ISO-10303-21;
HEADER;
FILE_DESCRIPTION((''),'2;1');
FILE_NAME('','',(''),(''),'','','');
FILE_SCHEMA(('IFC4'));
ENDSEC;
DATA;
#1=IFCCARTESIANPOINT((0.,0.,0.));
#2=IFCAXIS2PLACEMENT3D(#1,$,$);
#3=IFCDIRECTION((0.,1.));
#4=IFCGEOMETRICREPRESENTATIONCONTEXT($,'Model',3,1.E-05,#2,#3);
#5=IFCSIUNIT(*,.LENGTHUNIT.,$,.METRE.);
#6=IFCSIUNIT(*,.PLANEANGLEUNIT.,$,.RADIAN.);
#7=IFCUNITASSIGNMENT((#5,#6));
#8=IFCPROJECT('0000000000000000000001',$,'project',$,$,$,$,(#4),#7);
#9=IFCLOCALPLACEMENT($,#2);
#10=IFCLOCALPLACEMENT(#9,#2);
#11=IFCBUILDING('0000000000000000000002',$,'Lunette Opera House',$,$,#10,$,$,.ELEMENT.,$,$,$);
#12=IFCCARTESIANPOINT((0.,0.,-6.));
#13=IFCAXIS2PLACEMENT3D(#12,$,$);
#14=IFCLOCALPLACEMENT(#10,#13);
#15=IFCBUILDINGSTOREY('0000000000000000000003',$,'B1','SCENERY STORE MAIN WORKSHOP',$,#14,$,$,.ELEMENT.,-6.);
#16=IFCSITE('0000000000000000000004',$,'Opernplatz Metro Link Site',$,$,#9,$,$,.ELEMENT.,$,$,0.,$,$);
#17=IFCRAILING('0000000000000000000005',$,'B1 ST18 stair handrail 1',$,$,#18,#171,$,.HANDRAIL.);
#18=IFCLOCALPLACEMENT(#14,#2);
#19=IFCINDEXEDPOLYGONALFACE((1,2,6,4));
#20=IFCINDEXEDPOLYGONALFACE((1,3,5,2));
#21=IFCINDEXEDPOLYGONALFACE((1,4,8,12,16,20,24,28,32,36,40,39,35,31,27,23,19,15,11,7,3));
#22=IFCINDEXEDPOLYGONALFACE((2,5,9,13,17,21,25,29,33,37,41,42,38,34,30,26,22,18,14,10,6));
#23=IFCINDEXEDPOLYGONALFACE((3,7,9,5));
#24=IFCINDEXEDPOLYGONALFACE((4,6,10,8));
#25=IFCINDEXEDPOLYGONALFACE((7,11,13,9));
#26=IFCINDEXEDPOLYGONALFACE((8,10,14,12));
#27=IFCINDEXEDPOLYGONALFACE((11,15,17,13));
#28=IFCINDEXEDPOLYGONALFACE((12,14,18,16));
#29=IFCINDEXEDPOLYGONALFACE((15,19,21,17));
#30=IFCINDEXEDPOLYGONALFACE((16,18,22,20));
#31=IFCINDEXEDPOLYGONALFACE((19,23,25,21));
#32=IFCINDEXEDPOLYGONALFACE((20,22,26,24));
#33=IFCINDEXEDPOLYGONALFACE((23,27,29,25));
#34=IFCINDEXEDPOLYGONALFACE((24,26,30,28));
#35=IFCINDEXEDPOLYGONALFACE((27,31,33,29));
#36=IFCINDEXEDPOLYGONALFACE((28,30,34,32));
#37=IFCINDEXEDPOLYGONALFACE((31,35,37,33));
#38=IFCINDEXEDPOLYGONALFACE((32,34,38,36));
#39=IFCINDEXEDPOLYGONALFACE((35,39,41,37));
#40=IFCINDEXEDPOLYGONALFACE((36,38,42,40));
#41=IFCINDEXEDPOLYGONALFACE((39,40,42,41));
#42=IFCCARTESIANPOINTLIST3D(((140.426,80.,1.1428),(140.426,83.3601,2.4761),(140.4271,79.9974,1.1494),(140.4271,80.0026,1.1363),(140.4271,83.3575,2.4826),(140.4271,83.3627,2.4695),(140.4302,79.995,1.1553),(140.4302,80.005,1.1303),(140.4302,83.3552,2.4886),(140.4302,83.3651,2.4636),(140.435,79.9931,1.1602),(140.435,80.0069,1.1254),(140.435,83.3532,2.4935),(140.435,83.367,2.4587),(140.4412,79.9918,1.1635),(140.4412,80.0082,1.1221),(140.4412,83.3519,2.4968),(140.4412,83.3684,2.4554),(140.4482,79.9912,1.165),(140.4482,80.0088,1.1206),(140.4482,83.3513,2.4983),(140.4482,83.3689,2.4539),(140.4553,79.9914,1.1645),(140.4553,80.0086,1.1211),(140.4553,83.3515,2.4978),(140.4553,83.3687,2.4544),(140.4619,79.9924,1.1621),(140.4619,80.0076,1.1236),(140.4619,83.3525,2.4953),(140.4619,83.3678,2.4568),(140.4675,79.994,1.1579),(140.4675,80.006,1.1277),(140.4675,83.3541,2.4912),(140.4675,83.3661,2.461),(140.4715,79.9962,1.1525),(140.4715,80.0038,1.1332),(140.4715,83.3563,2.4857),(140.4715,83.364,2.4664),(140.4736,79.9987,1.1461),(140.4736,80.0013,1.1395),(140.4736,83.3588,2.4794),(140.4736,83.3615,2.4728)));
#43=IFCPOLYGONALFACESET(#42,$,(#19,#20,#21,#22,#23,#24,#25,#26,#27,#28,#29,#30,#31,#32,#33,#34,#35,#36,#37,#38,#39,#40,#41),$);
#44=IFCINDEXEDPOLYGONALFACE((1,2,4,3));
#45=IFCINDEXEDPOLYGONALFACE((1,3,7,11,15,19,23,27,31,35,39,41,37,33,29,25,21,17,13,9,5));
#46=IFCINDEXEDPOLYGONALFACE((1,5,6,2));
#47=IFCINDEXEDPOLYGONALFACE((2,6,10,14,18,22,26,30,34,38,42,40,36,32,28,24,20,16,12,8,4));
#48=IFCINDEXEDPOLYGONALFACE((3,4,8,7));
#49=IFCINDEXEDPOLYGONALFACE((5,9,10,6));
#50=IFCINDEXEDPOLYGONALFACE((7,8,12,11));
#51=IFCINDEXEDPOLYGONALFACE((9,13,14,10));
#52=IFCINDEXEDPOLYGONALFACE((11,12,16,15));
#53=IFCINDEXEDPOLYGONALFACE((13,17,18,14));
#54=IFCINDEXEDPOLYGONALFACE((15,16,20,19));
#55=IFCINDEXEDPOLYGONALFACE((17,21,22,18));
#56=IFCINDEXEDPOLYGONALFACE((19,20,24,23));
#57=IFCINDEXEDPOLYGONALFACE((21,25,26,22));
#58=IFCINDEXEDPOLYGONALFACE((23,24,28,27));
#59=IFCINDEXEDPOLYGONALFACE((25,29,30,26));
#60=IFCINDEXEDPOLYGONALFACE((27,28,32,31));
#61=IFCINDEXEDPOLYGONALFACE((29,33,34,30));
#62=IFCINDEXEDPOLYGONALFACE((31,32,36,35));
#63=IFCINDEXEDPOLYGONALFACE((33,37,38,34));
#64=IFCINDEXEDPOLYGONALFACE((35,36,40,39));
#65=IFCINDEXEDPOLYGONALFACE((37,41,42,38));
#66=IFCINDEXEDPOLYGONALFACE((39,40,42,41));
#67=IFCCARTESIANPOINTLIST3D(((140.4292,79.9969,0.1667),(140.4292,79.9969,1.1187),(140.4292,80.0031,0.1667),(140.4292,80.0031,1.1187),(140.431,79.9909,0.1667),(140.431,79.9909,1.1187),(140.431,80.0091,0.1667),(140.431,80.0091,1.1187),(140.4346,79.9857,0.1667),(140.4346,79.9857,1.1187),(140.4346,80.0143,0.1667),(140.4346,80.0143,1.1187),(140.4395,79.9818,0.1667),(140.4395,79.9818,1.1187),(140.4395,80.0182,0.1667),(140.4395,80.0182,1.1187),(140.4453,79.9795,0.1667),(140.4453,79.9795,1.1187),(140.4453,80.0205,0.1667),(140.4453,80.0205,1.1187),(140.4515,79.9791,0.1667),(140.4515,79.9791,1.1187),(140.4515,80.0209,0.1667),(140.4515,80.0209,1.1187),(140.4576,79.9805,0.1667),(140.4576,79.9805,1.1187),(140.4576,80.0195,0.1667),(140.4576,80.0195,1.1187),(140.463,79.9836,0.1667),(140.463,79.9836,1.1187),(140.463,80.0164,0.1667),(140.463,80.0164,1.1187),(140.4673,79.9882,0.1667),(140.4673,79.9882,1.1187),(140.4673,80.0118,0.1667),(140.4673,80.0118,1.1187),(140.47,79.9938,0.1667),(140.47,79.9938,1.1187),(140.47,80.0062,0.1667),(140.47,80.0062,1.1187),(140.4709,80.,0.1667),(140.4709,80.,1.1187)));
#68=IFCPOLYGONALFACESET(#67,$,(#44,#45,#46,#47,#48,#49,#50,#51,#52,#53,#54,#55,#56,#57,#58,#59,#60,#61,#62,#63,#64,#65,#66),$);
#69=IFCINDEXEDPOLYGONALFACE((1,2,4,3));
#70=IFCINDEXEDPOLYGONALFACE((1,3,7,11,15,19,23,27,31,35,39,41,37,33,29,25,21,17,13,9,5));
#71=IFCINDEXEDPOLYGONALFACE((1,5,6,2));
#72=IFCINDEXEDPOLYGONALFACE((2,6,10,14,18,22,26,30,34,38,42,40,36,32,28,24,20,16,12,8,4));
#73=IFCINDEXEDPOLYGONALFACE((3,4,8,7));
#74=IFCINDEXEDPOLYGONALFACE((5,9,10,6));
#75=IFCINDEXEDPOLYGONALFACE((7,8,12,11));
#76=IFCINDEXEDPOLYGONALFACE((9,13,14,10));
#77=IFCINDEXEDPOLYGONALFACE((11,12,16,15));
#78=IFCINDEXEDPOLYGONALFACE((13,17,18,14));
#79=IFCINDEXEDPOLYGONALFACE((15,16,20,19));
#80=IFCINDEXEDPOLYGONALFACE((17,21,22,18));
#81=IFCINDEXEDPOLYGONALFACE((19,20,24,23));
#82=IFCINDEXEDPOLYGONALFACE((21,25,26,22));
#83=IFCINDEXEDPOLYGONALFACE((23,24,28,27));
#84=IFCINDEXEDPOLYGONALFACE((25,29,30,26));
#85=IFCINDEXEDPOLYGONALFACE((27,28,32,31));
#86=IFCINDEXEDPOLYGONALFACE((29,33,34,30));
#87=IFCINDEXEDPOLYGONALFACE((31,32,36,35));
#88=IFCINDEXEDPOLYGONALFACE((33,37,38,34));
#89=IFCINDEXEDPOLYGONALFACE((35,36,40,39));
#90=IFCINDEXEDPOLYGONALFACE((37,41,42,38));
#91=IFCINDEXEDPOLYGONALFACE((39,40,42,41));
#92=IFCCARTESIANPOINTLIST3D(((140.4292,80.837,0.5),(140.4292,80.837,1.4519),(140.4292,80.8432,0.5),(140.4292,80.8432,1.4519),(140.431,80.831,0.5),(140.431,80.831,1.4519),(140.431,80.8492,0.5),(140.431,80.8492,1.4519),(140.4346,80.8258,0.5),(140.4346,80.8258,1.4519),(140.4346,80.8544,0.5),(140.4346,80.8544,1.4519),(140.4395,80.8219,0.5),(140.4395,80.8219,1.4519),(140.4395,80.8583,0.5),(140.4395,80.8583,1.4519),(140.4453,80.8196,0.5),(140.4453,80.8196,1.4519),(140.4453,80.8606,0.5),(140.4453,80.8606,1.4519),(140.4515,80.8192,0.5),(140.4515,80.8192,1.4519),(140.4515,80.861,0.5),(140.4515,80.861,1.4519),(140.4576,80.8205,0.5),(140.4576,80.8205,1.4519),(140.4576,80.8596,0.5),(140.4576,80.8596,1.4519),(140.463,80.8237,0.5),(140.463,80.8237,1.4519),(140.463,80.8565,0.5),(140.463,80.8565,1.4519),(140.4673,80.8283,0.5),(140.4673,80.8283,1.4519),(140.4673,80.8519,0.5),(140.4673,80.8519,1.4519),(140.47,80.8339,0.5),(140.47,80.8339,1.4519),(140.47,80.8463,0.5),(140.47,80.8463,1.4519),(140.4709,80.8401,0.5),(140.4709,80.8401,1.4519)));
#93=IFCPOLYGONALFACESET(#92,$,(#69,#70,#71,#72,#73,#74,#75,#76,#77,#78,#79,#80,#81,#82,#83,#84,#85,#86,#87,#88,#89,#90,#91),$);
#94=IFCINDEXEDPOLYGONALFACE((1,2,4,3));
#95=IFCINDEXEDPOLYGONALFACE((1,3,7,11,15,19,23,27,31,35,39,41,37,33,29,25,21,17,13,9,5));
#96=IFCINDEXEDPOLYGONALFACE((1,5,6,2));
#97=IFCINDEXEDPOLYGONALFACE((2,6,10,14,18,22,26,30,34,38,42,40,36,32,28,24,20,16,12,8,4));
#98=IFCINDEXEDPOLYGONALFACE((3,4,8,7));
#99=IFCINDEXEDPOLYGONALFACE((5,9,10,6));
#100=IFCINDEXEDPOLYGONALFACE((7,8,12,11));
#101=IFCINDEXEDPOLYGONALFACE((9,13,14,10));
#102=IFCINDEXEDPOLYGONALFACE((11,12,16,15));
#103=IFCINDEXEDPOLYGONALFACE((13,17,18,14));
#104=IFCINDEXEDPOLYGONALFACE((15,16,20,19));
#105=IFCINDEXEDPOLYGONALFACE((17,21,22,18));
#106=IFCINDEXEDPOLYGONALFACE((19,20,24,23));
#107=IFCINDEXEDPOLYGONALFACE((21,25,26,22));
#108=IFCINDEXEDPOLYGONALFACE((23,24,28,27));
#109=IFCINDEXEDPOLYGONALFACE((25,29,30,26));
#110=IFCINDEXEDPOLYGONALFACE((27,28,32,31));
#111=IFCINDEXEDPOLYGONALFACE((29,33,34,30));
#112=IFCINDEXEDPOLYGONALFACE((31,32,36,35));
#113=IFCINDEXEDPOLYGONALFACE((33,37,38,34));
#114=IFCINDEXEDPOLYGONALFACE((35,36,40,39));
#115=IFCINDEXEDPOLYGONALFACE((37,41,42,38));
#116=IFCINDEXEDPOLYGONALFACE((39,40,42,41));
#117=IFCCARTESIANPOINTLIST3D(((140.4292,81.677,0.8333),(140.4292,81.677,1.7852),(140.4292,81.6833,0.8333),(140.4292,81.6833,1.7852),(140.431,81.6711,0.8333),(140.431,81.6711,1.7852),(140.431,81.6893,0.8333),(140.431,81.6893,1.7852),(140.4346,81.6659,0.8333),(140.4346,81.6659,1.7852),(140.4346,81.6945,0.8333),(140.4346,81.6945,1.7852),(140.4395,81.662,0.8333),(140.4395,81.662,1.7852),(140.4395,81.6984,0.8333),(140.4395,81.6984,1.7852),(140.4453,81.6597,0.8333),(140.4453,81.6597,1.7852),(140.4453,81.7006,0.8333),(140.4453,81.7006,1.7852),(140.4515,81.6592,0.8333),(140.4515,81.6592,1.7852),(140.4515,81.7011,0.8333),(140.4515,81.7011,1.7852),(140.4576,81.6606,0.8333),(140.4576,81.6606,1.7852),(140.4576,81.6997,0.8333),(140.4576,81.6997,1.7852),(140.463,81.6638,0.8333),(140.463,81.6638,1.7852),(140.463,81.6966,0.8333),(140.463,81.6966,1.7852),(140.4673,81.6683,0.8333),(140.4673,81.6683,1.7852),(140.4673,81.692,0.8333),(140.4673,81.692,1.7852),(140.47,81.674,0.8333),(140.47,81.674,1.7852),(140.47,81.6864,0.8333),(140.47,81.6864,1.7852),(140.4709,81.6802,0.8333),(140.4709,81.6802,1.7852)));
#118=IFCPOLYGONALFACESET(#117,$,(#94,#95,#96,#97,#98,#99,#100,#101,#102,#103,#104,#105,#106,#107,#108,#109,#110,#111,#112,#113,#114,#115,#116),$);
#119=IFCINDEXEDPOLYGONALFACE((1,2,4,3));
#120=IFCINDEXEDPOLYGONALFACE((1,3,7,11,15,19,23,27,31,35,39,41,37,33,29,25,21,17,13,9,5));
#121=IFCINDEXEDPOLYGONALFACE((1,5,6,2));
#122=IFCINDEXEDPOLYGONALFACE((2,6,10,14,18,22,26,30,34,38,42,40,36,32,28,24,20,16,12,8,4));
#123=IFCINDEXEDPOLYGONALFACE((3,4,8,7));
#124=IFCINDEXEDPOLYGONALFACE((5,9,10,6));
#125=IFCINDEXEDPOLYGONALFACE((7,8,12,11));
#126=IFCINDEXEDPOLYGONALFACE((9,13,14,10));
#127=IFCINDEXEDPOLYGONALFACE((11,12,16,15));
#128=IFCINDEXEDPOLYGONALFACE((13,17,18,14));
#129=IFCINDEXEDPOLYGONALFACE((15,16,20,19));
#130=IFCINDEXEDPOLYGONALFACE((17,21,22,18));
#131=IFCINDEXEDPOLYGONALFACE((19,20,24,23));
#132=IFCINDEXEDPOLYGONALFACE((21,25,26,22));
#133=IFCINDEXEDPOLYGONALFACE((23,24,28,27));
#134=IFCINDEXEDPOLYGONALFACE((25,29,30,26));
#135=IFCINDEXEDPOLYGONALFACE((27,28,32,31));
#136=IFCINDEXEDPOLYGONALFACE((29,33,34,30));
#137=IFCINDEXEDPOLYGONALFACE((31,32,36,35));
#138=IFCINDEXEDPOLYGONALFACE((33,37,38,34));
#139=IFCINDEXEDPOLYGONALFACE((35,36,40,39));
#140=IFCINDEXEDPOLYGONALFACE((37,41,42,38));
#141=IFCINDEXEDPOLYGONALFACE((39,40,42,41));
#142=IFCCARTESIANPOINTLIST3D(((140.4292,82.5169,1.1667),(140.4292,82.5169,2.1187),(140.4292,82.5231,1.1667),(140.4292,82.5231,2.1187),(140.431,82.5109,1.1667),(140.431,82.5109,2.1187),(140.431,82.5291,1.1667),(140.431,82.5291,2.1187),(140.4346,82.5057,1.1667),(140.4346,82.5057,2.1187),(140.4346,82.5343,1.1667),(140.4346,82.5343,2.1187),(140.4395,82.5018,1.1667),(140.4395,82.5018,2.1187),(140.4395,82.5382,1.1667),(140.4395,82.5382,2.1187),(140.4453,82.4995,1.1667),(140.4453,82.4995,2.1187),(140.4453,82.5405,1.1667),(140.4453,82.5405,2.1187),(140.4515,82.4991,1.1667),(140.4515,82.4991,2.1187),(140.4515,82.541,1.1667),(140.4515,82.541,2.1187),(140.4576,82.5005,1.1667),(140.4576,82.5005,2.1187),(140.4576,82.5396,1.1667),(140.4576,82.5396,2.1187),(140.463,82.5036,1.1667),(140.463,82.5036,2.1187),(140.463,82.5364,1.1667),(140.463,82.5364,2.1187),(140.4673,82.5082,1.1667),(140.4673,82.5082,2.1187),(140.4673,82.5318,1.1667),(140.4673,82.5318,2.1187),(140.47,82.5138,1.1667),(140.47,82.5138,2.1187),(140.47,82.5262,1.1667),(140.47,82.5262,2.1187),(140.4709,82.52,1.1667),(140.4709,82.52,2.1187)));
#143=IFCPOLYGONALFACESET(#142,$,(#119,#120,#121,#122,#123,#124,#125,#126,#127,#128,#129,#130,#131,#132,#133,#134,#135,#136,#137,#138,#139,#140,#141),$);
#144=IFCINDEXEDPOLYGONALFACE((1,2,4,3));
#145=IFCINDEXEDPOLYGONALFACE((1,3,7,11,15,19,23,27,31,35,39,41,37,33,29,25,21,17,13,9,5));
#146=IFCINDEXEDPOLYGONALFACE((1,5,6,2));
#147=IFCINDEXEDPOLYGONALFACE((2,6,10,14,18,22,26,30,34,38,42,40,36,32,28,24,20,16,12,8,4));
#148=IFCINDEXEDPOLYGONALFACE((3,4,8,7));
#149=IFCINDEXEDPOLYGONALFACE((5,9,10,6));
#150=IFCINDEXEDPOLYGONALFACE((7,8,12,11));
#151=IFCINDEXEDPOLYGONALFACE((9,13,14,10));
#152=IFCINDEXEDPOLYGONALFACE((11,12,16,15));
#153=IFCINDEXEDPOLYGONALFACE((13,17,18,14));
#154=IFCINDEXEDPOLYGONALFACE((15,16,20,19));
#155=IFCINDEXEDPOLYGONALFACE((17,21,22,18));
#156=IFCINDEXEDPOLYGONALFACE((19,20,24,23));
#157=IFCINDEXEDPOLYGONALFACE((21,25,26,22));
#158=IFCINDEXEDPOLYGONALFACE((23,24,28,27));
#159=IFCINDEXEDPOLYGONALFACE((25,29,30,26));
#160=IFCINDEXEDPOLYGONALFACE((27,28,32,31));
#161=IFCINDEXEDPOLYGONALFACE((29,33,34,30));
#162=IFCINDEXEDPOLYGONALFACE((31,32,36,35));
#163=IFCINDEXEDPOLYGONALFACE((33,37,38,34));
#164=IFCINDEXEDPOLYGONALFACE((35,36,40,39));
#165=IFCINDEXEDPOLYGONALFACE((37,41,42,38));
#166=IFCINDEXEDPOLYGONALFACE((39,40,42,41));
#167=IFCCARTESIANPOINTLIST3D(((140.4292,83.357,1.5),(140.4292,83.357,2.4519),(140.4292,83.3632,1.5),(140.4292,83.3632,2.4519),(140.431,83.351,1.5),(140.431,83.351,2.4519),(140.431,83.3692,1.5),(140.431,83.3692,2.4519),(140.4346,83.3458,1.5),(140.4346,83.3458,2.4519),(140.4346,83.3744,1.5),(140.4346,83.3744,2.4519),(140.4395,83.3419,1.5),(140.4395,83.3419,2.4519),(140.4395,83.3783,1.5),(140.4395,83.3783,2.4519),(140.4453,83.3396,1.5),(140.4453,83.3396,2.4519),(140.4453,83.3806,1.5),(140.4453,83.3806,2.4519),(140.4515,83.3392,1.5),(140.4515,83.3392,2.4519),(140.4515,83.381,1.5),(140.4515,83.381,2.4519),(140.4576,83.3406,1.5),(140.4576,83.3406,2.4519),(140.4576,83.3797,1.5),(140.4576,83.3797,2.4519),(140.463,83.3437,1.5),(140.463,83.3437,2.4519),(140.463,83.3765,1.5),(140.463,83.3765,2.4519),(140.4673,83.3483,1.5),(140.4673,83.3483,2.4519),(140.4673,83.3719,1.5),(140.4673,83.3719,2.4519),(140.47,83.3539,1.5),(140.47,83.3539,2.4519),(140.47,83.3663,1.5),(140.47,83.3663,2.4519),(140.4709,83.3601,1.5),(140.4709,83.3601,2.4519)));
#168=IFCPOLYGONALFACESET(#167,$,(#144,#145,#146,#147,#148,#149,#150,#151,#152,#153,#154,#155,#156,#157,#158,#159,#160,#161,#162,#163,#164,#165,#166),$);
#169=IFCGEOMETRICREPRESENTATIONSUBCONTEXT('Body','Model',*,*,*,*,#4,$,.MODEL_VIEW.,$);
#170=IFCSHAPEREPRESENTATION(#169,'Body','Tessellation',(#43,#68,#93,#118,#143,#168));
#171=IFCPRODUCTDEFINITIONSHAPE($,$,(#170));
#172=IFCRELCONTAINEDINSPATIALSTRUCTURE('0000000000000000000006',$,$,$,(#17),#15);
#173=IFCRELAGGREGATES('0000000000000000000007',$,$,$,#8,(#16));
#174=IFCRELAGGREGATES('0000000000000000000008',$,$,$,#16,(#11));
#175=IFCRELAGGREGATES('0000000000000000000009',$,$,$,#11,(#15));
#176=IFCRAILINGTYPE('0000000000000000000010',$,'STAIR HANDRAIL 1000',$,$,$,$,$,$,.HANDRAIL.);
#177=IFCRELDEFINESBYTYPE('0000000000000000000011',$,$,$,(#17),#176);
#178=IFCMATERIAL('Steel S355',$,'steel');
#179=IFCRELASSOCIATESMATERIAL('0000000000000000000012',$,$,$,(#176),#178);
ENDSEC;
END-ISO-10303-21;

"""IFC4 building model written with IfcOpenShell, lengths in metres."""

from ifc_helpers import new_model, si_unit, direction, frame, origin, origin_2d, place, context, subcontext, project, spatial, circle, extrude, material, type_object, element, save


model = new_model("IFC4")

# Units and contexts
model_context = context("Model", 3, precision=1e-05, world=origin(), true_north=direction((0.0, 1.0)))
body_context = subcontext(model_context, "Body", "Model", "MODEL_VIEW")
ifc_project = project(units=[si_unit("LENGTHUNIT", "METRE"), si_unit("PLANEANGLEUNIT", "RADIAN")], contexts=[model_context])

# Site, building, storey
site_placement = place(None, origin())
site = spatial("IfcSite", under=ifc_project, at=site_placement, Name="Opernplatz Metro Link Site", CompositionType="ELEMENT", RefElevation=0.0)
building_placement = place(site_placement, origin())
building = spatial("IfcBuilding", under=site, at=building_placement, Name="Lunette Opera House", CompositionType="ELEMENT")
storey_placement = place(building_placement, frame((0.0, 0.0, -6.0)))
storey = spatial("IfcBuildingStorey", under=building, at=storey_placement, Name="B1", Description="SCENERY STORE MAIN WORKSHOP", CompositionType="ELEMENT", Elevation=-6.0)

# Railing
ifc_material_1 = material(Name="Steel S355", Category="steel")
railing_type_1 = type_object("IfcRailingType", Name="STAIR HANDRAIL 1000", PredefinedType="HANDRAIL", material=ifc_material_1)
railing_1_placement = place(storey_placement, frame((140.45, 80.0, 0.1667)))
element("IfcRailing", 1, at=railing_1_placement, inside=storey, type_object=railing_type_1, Name="B1 ST18 stair handrail 1", PredefinedType="HANDRAIL", context=body_context, shape_type="SweptSolid", body=[
    extrude(circle(Radius=0.0239, at=origin_2d()), frame((0.0, 0.0, 0.9761), z_axis=(0.0, 0.929502, 0.368816), x_axis=(-1.0, 0.0, 0.0)), (0.0, 0.0, 1.0), 3.615),
    extrude(circle(Radius=0.021, at=origin_2d()), origin(), (0.0, 0.0, 1.0), 0.9519),
    extrude(circle(Radius=0.021, at=origin_2d()), frame((0.0, 0.8401, 0.3333)), (0.0, 0.0, 1.0), 0.9519),
    extrude(circle(Radius=0.021, at=origin_2d()), frame((0.0, 1.6802, 0.6665)), (0.0, 0.0, 1.0), 0.9519),
    extrude(circle(Radius=0.021, at=origin_2d()), frame((0.0, 2.52, 1.0)), (0.0, 0.0, 1.0), 0.9519),
    extrude(circle(Radius=0.021, at=origin_2d()), frame((0.0, 3.3601, 1.3333)), (0.0, 0.0, 1.0), 0.9519),
])

save(model, "model.ifc")
